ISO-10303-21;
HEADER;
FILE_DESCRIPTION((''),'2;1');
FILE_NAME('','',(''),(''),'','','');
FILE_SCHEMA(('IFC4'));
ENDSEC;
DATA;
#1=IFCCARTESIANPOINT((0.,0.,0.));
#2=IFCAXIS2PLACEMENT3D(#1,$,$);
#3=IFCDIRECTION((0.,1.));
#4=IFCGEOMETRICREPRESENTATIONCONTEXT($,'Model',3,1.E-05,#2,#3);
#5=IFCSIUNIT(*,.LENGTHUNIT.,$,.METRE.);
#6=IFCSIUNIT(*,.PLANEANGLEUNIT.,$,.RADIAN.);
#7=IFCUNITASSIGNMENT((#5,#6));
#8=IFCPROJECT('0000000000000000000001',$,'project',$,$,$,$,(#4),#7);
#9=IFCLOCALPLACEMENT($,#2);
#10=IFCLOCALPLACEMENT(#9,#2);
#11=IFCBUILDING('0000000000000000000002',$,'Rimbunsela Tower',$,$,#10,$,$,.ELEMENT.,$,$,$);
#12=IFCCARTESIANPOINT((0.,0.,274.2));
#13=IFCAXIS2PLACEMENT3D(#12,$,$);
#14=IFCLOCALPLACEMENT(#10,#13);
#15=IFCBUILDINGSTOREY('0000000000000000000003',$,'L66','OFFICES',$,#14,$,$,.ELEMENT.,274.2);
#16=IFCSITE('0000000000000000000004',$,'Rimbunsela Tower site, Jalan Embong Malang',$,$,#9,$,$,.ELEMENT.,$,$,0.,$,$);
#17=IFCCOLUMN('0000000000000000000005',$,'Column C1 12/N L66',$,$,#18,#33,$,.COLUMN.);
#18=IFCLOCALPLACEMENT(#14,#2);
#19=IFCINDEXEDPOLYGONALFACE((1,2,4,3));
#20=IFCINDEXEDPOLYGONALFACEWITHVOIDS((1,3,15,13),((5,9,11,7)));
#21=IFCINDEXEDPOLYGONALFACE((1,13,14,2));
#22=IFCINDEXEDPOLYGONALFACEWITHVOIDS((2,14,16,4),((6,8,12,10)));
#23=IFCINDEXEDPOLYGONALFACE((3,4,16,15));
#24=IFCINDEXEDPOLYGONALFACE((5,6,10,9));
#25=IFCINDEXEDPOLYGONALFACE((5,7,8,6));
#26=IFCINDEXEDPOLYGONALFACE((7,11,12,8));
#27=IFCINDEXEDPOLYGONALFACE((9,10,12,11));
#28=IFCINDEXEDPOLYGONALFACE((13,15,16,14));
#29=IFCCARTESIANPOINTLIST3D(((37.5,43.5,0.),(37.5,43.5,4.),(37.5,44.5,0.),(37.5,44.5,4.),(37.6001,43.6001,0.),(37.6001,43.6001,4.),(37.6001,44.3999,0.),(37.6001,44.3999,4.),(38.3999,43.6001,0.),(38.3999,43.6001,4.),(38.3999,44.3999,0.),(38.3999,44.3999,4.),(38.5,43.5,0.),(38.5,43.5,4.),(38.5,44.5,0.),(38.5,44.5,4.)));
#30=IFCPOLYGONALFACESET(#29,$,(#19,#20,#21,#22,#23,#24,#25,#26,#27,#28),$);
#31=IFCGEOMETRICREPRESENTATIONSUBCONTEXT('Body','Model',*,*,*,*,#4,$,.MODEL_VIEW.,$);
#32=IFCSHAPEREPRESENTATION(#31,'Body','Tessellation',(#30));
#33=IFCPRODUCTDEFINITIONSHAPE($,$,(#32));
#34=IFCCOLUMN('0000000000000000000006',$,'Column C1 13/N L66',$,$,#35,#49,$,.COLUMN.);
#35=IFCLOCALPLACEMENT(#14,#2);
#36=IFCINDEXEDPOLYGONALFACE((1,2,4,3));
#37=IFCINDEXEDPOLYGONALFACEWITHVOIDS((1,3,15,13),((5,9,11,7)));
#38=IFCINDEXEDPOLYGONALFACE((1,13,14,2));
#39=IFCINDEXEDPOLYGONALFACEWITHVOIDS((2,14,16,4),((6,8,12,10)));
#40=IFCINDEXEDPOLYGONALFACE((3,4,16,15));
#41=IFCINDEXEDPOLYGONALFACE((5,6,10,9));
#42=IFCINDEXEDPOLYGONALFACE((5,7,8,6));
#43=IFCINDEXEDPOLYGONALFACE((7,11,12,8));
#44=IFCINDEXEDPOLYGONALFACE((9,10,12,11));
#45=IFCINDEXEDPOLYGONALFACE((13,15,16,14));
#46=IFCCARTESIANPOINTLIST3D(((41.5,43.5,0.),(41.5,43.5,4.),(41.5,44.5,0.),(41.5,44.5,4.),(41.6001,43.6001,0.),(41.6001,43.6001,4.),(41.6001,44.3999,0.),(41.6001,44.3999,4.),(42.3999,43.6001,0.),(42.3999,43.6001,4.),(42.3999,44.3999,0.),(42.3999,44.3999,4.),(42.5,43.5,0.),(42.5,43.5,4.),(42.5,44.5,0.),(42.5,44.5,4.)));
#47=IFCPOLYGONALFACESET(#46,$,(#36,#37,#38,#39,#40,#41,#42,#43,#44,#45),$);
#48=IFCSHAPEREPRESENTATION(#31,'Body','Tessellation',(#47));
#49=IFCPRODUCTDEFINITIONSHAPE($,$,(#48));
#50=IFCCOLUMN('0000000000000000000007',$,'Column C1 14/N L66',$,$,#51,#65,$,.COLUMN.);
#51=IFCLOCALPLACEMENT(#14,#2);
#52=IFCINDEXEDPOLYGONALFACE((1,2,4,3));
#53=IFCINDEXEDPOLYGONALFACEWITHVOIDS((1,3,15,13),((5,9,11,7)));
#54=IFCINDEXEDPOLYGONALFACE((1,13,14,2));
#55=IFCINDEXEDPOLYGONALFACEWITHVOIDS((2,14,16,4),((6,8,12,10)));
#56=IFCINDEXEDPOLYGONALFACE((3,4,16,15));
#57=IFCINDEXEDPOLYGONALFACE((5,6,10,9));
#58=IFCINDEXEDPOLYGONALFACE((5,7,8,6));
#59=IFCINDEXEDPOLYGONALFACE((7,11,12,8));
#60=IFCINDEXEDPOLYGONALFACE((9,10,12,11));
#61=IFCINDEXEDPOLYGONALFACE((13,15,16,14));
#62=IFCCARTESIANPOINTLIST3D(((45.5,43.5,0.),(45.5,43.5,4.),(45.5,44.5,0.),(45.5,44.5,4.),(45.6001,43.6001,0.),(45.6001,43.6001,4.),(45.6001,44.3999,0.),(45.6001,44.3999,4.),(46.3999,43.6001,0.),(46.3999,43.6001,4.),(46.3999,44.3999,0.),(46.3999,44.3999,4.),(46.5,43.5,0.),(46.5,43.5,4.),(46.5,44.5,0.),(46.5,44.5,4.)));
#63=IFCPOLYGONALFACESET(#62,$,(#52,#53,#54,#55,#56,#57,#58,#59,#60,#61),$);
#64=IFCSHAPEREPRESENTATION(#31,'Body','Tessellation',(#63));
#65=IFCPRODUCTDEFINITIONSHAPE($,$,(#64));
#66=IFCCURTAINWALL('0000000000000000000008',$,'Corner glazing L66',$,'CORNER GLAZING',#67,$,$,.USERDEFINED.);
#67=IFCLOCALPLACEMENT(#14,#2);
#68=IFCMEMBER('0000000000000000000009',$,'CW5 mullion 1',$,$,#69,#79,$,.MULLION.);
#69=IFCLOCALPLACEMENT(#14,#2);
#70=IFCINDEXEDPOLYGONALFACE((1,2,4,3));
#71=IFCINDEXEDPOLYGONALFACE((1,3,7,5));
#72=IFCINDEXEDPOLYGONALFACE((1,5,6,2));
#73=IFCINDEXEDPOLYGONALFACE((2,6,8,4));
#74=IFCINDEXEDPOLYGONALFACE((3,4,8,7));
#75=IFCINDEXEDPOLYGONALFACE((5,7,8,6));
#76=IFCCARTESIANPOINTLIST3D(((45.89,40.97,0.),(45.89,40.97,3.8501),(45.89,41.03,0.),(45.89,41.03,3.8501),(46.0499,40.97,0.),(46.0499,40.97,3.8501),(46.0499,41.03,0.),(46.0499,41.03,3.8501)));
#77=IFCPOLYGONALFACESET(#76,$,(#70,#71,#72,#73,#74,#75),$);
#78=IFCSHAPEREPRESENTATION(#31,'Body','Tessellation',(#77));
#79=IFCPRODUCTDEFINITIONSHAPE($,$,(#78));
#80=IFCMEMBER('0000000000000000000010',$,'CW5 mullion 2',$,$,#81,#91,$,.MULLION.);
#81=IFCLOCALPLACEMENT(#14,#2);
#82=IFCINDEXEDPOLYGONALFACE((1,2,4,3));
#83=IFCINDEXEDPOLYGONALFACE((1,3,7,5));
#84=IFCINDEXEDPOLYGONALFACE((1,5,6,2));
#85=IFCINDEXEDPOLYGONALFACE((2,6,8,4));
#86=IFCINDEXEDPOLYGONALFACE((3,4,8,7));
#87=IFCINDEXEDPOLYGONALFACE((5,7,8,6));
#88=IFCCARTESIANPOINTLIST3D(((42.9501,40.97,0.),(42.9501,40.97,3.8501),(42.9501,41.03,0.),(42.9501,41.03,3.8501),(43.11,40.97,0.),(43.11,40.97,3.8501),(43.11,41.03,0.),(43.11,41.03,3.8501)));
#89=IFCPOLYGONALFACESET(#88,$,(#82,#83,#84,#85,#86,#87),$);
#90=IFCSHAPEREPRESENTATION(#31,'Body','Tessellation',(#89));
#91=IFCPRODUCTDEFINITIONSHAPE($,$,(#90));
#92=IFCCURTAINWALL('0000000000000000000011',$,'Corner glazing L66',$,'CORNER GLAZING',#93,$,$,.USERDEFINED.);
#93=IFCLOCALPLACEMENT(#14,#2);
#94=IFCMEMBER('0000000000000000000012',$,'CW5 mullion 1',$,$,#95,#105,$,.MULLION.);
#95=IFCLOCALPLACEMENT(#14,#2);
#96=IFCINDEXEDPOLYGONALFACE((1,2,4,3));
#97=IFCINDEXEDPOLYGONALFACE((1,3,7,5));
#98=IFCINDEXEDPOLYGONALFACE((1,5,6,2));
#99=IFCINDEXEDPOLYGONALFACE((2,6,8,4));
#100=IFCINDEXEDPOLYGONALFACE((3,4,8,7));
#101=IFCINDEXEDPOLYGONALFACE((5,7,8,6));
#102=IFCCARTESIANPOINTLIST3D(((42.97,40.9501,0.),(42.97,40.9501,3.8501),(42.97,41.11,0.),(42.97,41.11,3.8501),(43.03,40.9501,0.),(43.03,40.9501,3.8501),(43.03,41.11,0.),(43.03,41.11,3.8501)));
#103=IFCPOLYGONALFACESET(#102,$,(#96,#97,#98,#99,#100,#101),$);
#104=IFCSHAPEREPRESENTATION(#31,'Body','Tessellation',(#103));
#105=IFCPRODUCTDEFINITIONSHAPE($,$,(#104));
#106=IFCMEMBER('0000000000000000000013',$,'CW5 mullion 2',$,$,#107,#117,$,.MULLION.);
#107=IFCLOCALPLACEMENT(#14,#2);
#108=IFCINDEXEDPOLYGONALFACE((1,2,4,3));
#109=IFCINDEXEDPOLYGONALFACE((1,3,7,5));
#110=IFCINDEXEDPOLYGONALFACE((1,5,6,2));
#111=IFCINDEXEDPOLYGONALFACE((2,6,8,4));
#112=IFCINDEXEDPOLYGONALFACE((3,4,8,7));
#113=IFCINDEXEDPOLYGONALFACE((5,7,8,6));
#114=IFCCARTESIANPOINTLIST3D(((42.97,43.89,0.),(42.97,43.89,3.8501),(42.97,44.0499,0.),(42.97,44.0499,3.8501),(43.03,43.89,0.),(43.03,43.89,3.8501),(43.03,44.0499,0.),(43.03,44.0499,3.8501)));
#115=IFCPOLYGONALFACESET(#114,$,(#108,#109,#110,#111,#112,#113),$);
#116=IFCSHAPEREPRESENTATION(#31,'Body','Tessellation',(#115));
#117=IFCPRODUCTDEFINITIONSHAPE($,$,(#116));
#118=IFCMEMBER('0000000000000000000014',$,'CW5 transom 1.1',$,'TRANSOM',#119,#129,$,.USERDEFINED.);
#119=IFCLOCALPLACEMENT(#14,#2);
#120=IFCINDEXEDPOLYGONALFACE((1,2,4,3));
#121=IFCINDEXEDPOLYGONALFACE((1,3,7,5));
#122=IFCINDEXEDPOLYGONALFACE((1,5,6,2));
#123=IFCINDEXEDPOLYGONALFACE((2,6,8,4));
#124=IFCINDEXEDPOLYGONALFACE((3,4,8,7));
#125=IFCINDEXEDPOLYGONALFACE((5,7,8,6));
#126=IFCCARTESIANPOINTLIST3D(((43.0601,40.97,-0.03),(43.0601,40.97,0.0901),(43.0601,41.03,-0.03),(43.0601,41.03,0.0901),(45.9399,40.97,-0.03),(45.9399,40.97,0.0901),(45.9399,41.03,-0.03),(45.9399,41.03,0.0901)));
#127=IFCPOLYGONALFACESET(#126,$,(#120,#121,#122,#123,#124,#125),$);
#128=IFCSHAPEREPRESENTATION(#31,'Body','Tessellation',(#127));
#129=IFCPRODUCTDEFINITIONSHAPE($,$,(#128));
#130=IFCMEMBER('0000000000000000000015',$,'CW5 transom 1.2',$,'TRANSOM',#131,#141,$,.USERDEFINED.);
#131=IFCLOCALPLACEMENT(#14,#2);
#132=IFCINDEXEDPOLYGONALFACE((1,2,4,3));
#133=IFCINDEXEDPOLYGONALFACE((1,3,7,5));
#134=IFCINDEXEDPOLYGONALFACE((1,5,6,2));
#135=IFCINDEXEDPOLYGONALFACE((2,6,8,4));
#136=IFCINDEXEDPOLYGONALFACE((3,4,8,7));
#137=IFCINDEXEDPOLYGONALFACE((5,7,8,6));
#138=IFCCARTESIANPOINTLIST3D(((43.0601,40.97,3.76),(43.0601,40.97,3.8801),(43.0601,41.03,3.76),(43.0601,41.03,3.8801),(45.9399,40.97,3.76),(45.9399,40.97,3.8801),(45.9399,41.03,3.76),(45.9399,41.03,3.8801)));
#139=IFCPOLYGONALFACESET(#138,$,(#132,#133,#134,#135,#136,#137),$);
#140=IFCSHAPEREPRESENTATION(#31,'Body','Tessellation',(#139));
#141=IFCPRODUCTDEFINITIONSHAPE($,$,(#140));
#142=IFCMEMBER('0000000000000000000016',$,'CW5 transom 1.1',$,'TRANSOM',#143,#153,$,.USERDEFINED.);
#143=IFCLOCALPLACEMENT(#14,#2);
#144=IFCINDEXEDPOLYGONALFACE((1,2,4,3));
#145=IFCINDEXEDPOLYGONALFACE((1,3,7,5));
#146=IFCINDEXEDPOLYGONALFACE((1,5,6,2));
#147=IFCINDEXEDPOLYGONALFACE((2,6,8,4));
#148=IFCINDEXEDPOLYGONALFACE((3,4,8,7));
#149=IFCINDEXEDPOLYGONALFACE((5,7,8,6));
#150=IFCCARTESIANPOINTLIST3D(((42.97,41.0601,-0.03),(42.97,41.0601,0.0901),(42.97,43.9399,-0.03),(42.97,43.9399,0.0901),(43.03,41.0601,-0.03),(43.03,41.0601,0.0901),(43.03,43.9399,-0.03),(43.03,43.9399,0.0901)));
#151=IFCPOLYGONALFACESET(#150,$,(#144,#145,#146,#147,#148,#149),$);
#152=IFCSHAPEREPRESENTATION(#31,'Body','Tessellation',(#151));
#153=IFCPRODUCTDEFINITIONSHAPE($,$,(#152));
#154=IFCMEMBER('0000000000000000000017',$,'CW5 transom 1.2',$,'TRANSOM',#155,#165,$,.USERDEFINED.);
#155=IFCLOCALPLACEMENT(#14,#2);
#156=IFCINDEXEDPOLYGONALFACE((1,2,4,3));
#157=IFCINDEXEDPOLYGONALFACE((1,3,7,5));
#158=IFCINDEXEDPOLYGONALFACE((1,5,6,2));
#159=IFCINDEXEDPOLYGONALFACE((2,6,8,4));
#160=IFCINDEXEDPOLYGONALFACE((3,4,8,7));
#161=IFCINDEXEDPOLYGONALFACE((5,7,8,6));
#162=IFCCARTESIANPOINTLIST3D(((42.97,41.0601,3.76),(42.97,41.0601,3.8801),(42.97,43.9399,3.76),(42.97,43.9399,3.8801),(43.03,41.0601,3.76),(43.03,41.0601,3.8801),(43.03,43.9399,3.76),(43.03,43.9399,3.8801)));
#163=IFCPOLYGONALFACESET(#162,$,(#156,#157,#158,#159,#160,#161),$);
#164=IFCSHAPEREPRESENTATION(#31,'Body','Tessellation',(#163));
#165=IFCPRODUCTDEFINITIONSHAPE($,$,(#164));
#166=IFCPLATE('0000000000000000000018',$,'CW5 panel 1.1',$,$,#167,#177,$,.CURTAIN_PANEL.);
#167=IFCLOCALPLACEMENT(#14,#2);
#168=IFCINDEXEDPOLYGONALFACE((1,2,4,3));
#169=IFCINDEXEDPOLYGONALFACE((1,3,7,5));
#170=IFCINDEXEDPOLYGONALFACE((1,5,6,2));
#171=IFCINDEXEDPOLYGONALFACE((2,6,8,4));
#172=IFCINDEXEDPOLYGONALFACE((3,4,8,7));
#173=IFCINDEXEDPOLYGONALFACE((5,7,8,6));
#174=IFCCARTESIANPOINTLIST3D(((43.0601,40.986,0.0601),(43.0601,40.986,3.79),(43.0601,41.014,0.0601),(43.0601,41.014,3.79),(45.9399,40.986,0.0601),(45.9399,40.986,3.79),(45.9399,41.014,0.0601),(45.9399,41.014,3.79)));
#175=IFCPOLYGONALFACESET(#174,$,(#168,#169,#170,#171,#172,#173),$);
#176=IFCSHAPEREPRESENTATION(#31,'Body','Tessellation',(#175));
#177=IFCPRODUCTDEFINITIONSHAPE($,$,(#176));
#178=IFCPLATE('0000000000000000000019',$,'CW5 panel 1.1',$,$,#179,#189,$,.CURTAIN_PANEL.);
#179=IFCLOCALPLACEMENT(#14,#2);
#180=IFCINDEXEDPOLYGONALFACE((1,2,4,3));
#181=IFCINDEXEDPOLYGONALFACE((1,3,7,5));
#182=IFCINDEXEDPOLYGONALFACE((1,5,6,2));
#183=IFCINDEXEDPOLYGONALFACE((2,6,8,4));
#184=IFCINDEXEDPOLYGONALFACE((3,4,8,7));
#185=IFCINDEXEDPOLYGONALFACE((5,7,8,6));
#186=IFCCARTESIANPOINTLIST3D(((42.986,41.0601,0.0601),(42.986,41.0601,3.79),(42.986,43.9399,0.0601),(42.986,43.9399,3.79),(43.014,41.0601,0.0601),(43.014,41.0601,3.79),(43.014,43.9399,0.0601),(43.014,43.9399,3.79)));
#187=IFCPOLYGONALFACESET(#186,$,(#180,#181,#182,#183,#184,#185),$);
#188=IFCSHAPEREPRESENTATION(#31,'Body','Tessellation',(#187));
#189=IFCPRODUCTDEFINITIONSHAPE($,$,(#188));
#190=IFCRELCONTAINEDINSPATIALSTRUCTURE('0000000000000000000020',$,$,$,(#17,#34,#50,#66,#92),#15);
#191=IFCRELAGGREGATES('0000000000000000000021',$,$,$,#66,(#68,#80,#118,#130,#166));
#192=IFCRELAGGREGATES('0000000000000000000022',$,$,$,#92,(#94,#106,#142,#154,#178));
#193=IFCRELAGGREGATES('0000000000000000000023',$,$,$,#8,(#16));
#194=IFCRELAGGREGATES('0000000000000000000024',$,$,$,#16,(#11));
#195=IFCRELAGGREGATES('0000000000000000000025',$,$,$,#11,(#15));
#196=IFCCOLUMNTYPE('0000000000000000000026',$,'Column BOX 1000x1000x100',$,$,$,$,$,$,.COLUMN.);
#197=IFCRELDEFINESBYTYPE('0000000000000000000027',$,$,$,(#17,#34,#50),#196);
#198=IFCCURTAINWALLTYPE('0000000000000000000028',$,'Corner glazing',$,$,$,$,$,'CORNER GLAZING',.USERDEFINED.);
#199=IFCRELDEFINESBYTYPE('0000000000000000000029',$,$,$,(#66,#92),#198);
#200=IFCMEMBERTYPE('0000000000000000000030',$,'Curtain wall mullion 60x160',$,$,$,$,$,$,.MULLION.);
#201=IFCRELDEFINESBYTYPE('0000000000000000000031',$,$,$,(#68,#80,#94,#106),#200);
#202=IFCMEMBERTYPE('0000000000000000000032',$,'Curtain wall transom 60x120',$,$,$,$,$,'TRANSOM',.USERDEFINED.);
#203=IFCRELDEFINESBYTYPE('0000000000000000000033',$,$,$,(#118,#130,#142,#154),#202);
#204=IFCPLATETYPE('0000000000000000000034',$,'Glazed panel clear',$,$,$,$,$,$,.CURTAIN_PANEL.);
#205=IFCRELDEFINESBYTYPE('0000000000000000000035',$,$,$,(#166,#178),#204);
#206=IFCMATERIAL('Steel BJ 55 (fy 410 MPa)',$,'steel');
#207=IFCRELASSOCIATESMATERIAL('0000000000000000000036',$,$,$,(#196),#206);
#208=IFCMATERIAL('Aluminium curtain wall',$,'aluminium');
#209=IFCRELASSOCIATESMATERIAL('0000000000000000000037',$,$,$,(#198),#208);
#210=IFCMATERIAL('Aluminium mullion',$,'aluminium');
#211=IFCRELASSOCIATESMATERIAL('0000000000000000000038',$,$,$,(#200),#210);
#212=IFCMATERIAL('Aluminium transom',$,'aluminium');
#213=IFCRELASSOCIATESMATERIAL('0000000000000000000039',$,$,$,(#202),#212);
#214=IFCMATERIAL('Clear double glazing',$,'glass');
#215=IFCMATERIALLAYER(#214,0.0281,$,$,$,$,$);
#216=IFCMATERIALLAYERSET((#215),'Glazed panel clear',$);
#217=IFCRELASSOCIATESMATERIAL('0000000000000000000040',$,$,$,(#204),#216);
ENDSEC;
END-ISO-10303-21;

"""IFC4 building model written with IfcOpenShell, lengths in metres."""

from ifc_helpers import new_model, si_unit, direction, frame, origin, origin_2d, place, context, subcontext, project, spatial, rectangle, hollow_rectangle, extrude, material, layer, layer_set, material_profile, profile_set, type_object, element, aggregate, save


model = new_model("IFC4")

# Units and contexts
model_context = context("Model", 3, precision=1e-05, world=origin(), true_north=direction((0.0, 1.0)))
body_context = subcontext(model_context, "Body", "Model", "MODEL_VIEW")
ifc_project = project(units=[si_unit("LENGTHUNIT", "METRE"), si_unit("PLANEANGLEUNIT", "RADIAN")], contexts=[model_context])

# Site, building, storey
site_placement = place(None, origin())
site = spatial("IfcSite", under=ifc_project, at=site_placement, Name="Rimbunsela Tower site, Jalan Embong Malang", CompositionType="ELEMENT", RefElevation=0.0)
building_placement = place(site_placement, origin())
building = spatial("IfcBuilding", under=site, at=building_placement, Name="Rimbunsela Tower", CompositionType="ELEMENT")
storey_placement = place(building_placement, frame((0.0, 0.0, 274.2)))
storey = spatial("IfcBuildingStorey", under=building, at=storey_placement, Name="L66", Description="OFFICES", CompositionType="ELEMENT", Elevation=274.2)

# Columns
ifc_material_1 = material(Name="Steel BJ 55 (fy 410 MPa)", Category="steel")
ifc_material_profile_1 = material_profile(ifc_material_1, hollow_rectangle(XDim=1.0, YDim=1.0, WallThickness=0.1001, at=origin_2d()), Name="BOX 1000x1000x100")
ifc_profile_set_1 = profile_set([ifc_material_profile_1], Name="Steel BJ 55 (fy 410 MPa)")
column_type = type_object("IfcColumnType", Name="Column BOX 1000x1000x100", PredefinedType="COLUMN", material=ifc_profile_set_1)
for number, where, z_axis, x_axis, name in (
    (1, (38.0, 44.0, 0.0), (0.0, 0.0, 1.0), (1.0, 0.0, 0.0), "Column C1 12/N L66"),
    (2, (42.0, 44.0, 0.0), (0.0, 0.0, 1.0), (1.0, 0.0, 0.0), "Column C1 13/N L66"),
    (3, (46.0, 44.0, 0.0), (0.0, 0.0, 1.0), (1.0, 0.0, 0.0), "Column C1 14/N L66"),
):
    element("IfcColumn", number, at=place(storey_placement, frame(where, z_axis=z_axis, x_axis=x_axis)), inside=storey, type_object=column_type, Name=name, PredefinedType="COLUMN", context=body_context, shape_type="SweptSolid", body=[
        extrude(hollow_rectangle(XDim=1.0, YDim=1.0, WallThickness=0.1001, at=origin_2d()), origin(), (0.0, 0.0, 1.0), 4.0),
    ])

# Curtain walls, members
ifc_material_2 = material(Name="Aluminium curtain wall", Category="aluminium")
curtain_wall_type = type_object("IfcCurtainWallType", Name="Corner glazing", ElementType="CORNER GLAZING", PredefinedType="USERDEFINED", material=ifc_material_2)
curtain_wall_1_placement = place(storey_placement, origin())
curtain_wall_1 = element("IfcCurtainWall", 4, at=curtain_wall_1_placement, inside=storey, type_object=curtain_wall_type, Name="Corner glazing L66", ObjectType="CORNER GLAZING", PredefinedType="USERDEFINED")
ifc_material_3 = material(Name="Aluminium mullion", Category="aluminium")
ifc_material_profile_2 = material_profile(ifc_material_3, rectangle(XDim=0.0601, YDim=0.1599, at=origin_2d()), Name="Mullion 60x160")
ifc_profile_set_2 = profile_set([ifc_material_profile_2], Name="Aluminium mullion")
member_type_1 = type_object("IfcMemberType", Name="Curtain wall mullion 60x160", PredefinedType="MULLION", material=ifc_profile_set_2)
member_1_placement = place(storey_placement, frame((45.97, 41.0, 0.0), z_axis=(0.0, 0.0, 1.0), x_axis=(0.0, -1.0, 0.0)))
member_1 = element("IfcMember", 5, at=member_1_placement, type_object=member_type_1, Name="CW5 mullion 1", PredefinedType="MULLION", context=body_context, shape_type="SweptSolid", body=[
    extrude(rectangle(XDim=0.0601, YDim=0.1599, at=origin_2d()), origin(), (0.0, 0.0, 1.0), 3.8501),
])
member_2_placement = place(storey_placement, frame((43.03, 41.0, 0.0), z_axis=(0.0, 0.0, 1.0), x_axis=(0.0, -1.0, 0.0)))
member_2 = element("IfcMember", 6, at=member_2_placement, type_object=member_type_1, Name="CW5 mullion 2", PredefinedType="MULLION", context=body_context, shape_type="SweptSolid", body=[
    extrude(rectangle(XDim=0.0601, YDim=0.1599, at=origin_2d()), origin(), (0.0, 0.0, 1.0), 3.8501),
])
curtain_wall_2_placement = place(storey_placement, origin())
curtain_wall_2 = element("IfcCurtainWall", 7, at=curtain_wall_2_placement, inside=storey, type_object=curtain_wall_type, Name="Corner glazing L66", ObjectType="CORNER GLAZING", PredefinedType="USERDEFINED")
member_3_placement = place(storey_placement, frame((43.0, 41.03, 0.0), z_axis=(0.0, 0.0, 1.0), x_axis=(-1.0, 0.0, 0.0)))
member_3 = element("IfcMember", 8, at=member_3_placement, type_object=member_type_1, Name="CW5 mullion 1", PredefinedType="MULLION", context=body_context, shape_type="SweptSolid", body=[
    extrude(rectangle(XDim=0.0601, YDim=0.1599, at=origin_2d()), origin(), (0.0, 0.0, 1.0), 3.8501),
])
member_4_placement = place(storey_placement, frame((43.0, 43.97, 0.0), z_axis=(0.0, 0.0, 1.0), x_axis=(-1.0, 0.0, 0.0)))
member_4 = element("IfcMember", 9, at=member_4_placement, type_object=member_type_1, Name="CW5 mullion 2", PredefinedType="MULLION", context=body_context, shape_type="SweptSolid", body=[
    extrude(rectangle(XDim=0.0601, YDim=0.1599, at=origin_2d()), origin(), (0.0, 0.0, 1.0), 3.8501),
])

# Members
ifc_material_4 = material(Name="Aluminium transom", Category="aluminium")
ifc_material_profile_3 = material_profile(ifc_material_4, rectangle(XDim=0.0601, YDim=0.1201, at=origin_2d()), Name="Transom 60x120")
ifc_profile_set_3 = profile_set([ifc_material_profile_3], Name="Aluminium transom")
member_type_2 = type_object("IfcMemberType", Name="Curtain wall transom 60x120", ElementType="TRANSOM", PredefinedType="USERDEFINED", material=ifc_profile_set_3)
member_5_placement = place(storey_placement, frame((45.9399, 41.0, 0.03), z_axis=(-1.0, 0.0, 0.0), x_axis=(0.0, -1.0, 0.0)))
member_5 = element("IfcMember", 10, at=member_5_placement, type_object=member_type_2, Name="CW5 transom 1.1", ObjectType="TRANSOM", PredefinedType="USERDEFINED", context=body_context, shape_type="SweptSolid", body=[
    extrude(rectangle(XDim=0.0601, YDim=0.1201, at=origin_2d()), origin(), (0.0, 0.0, 1.0), 2.8799),
])
member_6_placement = place(storey_placement, frame((45.9399, 41.0, 3.8201), z_axis=(-1.0, 0.0, 0.0), x_axis=(0.0, -1.0, 0.0)))
member_6 = element("IfcMember", 11, at=member_6_placement, type_object=member_type_2, Name="CW5 transom 1.2", ObjectType="TRANSOM", PredefinedType="USERDEFINED", context=body_context, shape_type="SweptSolid", body=[
    extrude(rectangle(XDim=0.0601, YDim=0.1201, at=origin_2d()), origin(), (0.0, 0.0, 1.0), 2.8799),
])
member_7_placement = place(storey_placement, frame((43.0, 41.0601, 0.03), z_axis=(0.0, 1.0, 0.0), x_axis=(-1.0, 0.0, 0.0)))
member_7 = element("IfcMember", 12, at=member_7_placement, type_object=member_type_2, Name="CW5 transom 1.1", ObjectType="TRANSOM", PredefinedType="USERDEFINED", context=body_context, shape_type="SweptSolid", body=[
    extrude(rectangle(XDim=0.0601, YDim=0.1201, at=origin_2d()), origin(), (0.0, 0.0, 1.0), 2.8799),
])
member_8_placement = place(storey_placement, frame((43.0, 41.0601, 3.8201), z_axis=(0.0, 1.0, 0.0), x_axis=(-1.0, 0.0, 0.0)))
member_8 = element("IfcMember", 13, at=member_8_placement, type_object=member_type_2, Name="CW5 transom 1.2", ObjectType="TRANSOM", PredefinedType="USERDEFINED", context=body_context, shape_type="SweptSolid", body=[
    extrude(rectangle(XDim=0.0601, YDim=0.1201, at=origin_2d()), origin(), (0.0, 0.0, 1.0), 2.8799),
])

# Plates
ifc_material_5 = material(Name="Clear double glazing", Category="glass")
ifc_layer_1 = layer(ifc_material_5, 0.0281)
ifc_layer_set_1 = layer_set([ifc_layer_1], Name="Glazed panel clear")
plate_type = type_object("IfcPlateType", Name="Glazed panel clear", PredefinedType="CURTAIN_PANEL", material=ifc_layer_set_1)
plate_1_placement = place(storey_placement, frame((44.5, 41.0, 0.0601), z_axis=(0.0, 0.0, 1.0), x_axis=(-1.0, 0.0, 0.0)))
plate_1 = element("IfcPlate", 14, at=plate_1_placement, type_object=plate_type, Name="CW5 panel 1.1", PredefinedType="CURTAIN_PANEL", context=body_context, shape_type="SweptSolid", body=[
    extrude(rectangle(XDim=2.8799, YDim=0.0281, at=origin_2d()), origin(), (0.0, 0.0, 1.0), 3.73),
])
aggregate(curtain_wall_1, [member_1, member_2, member_5, member_6, plate_1])
plate_2_placement = place(storey_placement, frame((43.0, 42.5, 0.0601), z_axis=(0.0, 0.0, 1.0), x_axis=(0.0, 1.0, 0.0)))
plate_2 = element("IfcPlate", 15, at=plate_2_placement, type_object=plate_type, Name="CW5 panel 1.1", PredefinedType="CURTAIN_PANEL", context=body_context, shape_type="SweptSolid", body=[
    extrude(rectangle(XDim=2.8799, YDim=0.0281, at=origin_2d()), origin(), (0.0, 0.0, 1.0), 3.73),
])
aggregate(curtain_wall_2, [member_3, member_4, member_7, member_8, plate_2])

save(model, "model.ifc")
